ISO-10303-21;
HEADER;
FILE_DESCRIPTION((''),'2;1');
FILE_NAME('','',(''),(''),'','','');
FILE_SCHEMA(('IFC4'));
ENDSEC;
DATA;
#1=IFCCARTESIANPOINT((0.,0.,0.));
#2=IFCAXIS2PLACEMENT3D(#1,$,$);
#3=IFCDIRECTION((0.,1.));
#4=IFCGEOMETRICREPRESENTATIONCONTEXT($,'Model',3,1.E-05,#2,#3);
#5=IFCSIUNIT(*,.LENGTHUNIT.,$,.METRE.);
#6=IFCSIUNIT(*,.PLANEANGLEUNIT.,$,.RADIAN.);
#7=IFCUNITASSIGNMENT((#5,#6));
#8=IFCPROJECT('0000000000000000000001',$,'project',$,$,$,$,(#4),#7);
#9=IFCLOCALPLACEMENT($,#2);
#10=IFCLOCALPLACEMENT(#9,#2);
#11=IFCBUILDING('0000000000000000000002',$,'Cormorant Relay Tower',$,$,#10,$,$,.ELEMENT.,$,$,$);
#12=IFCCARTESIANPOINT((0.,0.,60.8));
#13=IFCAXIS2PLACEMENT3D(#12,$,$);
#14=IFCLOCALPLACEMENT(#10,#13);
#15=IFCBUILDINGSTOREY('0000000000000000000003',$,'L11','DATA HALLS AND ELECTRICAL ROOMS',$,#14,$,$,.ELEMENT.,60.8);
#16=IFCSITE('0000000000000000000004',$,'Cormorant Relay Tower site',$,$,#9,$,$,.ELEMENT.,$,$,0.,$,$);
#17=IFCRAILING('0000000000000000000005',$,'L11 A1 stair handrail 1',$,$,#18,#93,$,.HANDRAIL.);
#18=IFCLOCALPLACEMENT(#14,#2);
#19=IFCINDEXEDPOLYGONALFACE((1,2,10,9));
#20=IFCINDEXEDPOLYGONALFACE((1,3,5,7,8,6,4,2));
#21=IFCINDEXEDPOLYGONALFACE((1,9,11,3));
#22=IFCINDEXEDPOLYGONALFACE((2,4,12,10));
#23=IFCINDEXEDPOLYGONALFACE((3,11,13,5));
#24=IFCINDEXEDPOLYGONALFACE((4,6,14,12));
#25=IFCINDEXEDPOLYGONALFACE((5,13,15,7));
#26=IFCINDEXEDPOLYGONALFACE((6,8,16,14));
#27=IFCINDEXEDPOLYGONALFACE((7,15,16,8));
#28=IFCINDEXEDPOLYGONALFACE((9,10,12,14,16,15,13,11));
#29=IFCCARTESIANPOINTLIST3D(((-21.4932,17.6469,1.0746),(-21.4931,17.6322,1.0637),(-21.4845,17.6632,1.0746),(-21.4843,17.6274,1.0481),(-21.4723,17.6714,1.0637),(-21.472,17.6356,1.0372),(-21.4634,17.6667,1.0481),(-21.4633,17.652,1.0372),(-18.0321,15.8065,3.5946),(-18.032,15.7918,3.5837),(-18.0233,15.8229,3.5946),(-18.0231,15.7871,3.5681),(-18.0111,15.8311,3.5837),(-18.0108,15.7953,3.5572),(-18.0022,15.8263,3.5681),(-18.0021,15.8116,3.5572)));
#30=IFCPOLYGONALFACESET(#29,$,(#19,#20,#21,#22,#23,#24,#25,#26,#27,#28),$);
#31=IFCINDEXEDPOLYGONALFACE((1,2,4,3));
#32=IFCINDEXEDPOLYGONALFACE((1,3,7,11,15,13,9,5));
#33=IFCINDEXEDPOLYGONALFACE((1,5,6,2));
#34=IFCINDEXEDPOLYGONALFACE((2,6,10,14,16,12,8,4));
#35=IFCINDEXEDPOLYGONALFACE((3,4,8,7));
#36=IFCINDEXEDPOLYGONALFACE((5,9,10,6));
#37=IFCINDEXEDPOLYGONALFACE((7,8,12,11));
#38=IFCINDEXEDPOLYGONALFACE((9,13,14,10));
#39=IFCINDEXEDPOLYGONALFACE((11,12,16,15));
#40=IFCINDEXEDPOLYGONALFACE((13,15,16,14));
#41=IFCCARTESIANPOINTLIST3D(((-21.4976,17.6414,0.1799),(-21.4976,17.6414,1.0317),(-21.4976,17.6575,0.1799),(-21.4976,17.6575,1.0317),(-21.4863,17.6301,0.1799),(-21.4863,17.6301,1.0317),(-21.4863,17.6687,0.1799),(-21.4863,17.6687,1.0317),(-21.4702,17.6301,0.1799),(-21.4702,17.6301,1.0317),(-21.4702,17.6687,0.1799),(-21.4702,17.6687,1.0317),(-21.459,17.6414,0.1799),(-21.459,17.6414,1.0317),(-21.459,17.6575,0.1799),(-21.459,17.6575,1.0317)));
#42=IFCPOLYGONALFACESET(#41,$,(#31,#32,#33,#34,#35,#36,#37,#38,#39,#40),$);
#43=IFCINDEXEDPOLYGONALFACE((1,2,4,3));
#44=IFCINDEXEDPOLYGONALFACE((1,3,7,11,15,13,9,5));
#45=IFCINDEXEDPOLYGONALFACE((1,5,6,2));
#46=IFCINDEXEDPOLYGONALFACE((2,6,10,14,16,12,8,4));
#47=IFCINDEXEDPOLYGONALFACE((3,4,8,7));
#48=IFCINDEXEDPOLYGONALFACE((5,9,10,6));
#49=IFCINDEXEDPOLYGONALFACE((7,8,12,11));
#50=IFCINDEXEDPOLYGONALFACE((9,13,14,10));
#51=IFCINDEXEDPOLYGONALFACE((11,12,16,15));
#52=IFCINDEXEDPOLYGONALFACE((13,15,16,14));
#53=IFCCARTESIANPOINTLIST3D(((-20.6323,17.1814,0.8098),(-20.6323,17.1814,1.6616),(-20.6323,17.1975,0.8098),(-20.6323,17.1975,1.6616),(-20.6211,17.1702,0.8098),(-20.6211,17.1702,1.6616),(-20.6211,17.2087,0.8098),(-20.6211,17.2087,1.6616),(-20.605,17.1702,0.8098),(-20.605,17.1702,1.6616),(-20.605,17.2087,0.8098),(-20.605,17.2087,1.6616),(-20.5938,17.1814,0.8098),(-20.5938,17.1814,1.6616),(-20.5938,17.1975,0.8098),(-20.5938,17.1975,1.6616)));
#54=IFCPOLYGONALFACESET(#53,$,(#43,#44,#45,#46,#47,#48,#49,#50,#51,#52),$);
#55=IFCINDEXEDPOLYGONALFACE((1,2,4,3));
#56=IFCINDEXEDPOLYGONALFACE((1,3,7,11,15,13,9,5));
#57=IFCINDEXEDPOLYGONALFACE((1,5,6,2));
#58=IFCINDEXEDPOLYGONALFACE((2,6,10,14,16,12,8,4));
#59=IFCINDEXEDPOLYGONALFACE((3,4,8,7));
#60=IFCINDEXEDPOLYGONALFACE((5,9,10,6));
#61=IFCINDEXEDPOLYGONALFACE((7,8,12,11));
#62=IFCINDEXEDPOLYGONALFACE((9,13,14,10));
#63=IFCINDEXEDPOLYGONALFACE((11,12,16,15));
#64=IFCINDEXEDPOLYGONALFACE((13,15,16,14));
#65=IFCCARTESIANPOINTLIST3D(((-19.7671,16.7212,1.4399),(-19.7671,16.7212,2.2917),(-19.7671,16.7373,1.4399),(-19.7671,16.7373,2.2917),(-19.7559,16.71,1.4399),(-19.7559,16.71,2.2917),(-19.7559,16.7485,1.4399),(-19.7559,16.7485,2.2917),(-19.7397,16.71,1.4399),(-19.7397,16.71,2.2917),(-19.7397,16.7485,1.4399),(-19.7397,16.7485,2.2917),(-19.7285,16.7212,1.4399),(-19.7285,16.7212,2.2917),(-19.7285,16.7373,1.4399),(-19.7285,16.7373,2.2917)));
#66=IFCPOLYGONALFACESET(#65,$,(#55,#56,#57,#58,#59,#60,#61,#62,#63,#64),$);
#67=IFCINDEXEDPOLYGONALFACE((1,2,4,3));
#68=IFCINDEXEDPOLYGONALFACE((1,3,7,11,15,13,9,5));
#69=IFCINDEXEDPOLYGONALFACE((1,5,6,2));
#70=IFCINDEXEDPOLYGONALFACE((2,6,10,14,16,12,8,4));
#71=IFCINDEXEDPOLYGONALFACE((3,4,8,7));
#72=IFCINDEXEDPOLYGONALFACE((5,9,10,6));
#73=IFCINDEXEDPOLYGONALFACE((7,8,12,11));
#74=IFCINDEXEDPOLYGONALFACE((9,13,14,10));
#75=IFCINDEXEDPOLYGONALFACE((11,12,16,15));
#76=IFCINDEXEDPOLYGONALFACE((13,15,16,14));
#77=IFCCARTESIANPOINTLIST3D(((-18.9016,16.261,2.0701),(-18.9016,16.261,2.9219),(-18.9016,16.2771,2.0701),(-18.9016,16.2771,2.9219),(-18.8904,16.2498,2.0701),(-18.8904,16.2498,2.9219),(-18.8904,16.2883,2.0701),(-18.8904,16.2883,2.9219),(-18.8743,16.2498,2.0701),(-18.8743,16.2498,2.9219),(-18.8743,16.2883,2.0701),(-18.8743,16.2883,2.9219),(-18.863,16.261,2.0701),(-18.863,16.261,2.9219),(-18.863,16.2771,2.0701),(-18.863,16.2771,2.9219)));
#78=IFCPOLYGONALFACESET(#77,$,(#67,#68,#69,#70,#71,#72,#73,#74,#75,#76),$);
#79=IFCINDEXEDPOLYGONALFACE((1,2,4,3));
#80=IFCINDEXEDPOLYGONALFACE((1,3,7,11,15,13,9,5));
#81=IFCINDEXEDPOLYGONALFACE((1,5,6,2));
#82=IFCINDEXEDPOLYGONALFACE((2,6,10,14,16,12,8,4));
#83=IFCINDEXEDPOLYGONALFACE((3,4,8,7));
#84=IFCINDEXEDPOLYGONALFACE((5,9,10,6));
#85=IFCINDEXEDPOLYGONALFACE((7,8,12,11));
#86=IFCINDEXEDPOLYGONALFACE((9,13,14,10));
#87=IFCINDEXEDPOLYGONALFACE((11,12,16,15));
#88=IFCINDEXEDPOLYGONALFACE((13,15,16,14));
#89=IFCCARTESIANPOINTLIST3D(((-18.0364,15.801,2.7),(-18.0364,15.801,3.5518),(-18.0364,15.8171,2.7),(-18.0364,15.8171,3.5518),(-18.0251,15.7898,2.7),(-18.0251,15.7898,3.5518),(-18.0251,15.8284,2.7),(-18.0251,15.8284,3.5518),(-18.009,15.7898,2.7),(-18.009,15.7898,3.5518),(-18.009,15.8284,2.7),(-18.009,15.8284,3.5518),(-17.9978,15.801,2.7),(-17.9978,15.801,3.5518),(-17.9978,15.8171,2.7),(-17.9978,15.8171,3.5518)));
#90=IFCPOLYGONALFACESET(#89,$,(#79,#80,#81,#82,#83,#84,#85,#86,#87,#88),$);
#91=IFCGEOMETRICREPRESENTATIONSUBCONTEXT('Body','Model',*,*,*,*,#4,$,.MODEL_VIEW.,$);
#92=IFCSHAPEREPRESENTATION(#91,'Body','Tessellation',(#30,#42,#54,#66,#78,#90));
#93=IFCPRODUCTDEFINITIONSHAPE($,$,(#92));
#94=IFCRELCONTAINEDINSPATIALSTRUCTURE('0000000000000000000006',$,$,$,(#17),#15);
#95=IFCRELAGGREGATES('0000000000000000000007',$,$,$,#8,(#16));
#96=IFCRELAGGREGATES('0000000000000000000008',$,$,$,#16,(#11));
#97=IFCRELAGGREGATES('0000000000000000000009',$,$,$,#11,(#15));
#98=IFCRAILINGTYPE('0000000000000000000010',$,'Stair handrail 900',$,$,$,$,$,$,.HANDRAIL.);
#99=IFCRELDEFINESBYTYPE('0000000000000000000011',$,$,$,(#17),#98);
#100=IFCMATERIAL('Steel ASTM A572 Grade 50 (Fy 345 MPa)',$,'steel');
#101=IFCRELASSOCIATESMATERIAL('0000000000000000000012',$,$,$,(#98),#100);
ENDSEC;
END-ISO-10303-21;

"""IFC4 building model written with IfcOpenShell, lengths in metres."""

from ifc_helpers import new_model, si_unit, direction, frame, origin, place, context, subcontext, project, spatial, polyline, outline, extrude, material, type_object, element, save


model = new_model("IFC4")

# Units and contexts
model_context = context("Model", 3, precision=1e-05, world=origin(), true_north=direction((0.0, 1.0)))
body_context = subcontext(model_context, "Body", "Model", "MODEL_VIEW")
ifc_project = project(units=[si_unit("LENGTHUNIT", "METRE"), si_unit("PLANEANGLEUNIT", "RADIAN")], contexts=[model_context])

# Site, building, storey
site_placement = place(None, origin())
site = spatial("IfcSite", under=ifc_project, at=site_placement, Name="Cormorant Relay Tower site", CompositionType="ELEMENT", RefElevation=0.0)
building_placement = place(site_placement, origin())
building = spatial("IfcBuilding", under=site, at=building_placement, Name="Cormorant Relay Tower", CompositionType="ELEMENT")
storey_placement = place(building_placement, frame((0.0, 0.0, 60.8)))
storey = spatial("IfcBuildingStorey", under=building, at=storey_placement, Name="L11", Description="DATA HALLS AND ELECTRICAL ROOMS", CompositionType="ELEMENT", Elevation=60.8)

# Railing
ifc_material_1 = material(Name="Steel ASTM A572 Grade 50 (Fy 345 MPa)", Category="steel")
railing_type_1 = type_object("IfcRailingType", Name="Stair handrail 900", PredefinedType="HANDRAIL", material=ifc_material_1)
railing_1_placement = place(storey_placement, frame((-21.4783, 17.6494, 0.1799)))
element("IfcRailing", 1, at=railing_1_placement, inside=storey, type_object=railing_type_1, Name="L11 A1 stair handrail 1", PredefinedType="HANDRAIL", context=body_context, shape_type="SweptSolid", body=[
    extrude(outline(polyline([(0.0222, 0.0093), (0.0093, 0.0222), (-0.0093, 0.0222), (-0.0222, 0.0093), (-0.0222, -0.0093), (-0.0093, -0.0222), (0.0093, -0.0222), (0.0222, -0.0093), (0.0222, 0.0093)])), frame((0.0, 0.0, 0.876), z_axis=(0.742717, -0.394907, 0.540758), x_axis=(0.469469, 0.882949, 0.0)), (0.0, 0.0, 1.0), 4.6602),
    extrude(outline(polyline([(0.0193, 0.0081), (0.0081, 0.0193), (-0.0081, 0.0193), (-0.0193, 0.0081), (-0.0193, -0.0081), (-0.0081, -0.0193), (0.0081, -0.0193), (0.0193, -0.0081), (0.0193, 0.0081)])), origin(), (0.0, 0.0, 1.0), 0.8518),
    extrude(outline(polyline([(0.0193, 0.0081), (0.0081, 0.0193), (-0.0081, 0.0193), (-0.0193, 0.0081), (-0.0193, -0.0081), (-0.0081, -0.0193), (0.0081, -0.0193), (0.0193, -0.0081), (0.0193, 0.0081)])), frame((0.8652, -0.46, 0.6299)), (0.0, 0.0, 1.0), 0.8518),
    extrude(outline(polyline([(0.0193, 0.0081), (0.0081, 0.0193), (-0.0081, 0.0193), (-0.0193, 0.0081), (-0.0193, -0.0081), (-0.0081, -0.0193), (0.0081, -0.0193), (0.0193, -0.0081), (0.0193, 0.0081)])), frame((1.7305, -0.9202, 1.26)), (0.0, 0.0, 1.0), 0.8518),
    extrude(outline(polyline([(0.0193, 0.0081), (0.0081, 0.0193), (-0.0081, 0.0193), (-0.0193, 0.0081), (-0.0193, -0.0081), (-0.0081, -0.0193), (0.0081, -0.0193), (0.0193, -0.0081), (0.0193, 0.0081)])), frame((2.5959, -1.3804, 1.8901)), (0.0, 0.0, 1.0), 0.8518),
    extrude(outline(polyline([(0.0193, 0.0081), (0.0081, 0.0193), (-0.0081, 0.0193), (-0.0193, 0.0081), (-0.0193, -0.0081), (-0.0081, -0.0193), (0.0081, -0.0193), (0.0193, -0.0081), (0.0193, 0.0081)])), frame((3.4612, -1.8403, 2.52)), (0.0, 0.0, 1.0), 0.8518),
])

save(model, "model.ifc")
